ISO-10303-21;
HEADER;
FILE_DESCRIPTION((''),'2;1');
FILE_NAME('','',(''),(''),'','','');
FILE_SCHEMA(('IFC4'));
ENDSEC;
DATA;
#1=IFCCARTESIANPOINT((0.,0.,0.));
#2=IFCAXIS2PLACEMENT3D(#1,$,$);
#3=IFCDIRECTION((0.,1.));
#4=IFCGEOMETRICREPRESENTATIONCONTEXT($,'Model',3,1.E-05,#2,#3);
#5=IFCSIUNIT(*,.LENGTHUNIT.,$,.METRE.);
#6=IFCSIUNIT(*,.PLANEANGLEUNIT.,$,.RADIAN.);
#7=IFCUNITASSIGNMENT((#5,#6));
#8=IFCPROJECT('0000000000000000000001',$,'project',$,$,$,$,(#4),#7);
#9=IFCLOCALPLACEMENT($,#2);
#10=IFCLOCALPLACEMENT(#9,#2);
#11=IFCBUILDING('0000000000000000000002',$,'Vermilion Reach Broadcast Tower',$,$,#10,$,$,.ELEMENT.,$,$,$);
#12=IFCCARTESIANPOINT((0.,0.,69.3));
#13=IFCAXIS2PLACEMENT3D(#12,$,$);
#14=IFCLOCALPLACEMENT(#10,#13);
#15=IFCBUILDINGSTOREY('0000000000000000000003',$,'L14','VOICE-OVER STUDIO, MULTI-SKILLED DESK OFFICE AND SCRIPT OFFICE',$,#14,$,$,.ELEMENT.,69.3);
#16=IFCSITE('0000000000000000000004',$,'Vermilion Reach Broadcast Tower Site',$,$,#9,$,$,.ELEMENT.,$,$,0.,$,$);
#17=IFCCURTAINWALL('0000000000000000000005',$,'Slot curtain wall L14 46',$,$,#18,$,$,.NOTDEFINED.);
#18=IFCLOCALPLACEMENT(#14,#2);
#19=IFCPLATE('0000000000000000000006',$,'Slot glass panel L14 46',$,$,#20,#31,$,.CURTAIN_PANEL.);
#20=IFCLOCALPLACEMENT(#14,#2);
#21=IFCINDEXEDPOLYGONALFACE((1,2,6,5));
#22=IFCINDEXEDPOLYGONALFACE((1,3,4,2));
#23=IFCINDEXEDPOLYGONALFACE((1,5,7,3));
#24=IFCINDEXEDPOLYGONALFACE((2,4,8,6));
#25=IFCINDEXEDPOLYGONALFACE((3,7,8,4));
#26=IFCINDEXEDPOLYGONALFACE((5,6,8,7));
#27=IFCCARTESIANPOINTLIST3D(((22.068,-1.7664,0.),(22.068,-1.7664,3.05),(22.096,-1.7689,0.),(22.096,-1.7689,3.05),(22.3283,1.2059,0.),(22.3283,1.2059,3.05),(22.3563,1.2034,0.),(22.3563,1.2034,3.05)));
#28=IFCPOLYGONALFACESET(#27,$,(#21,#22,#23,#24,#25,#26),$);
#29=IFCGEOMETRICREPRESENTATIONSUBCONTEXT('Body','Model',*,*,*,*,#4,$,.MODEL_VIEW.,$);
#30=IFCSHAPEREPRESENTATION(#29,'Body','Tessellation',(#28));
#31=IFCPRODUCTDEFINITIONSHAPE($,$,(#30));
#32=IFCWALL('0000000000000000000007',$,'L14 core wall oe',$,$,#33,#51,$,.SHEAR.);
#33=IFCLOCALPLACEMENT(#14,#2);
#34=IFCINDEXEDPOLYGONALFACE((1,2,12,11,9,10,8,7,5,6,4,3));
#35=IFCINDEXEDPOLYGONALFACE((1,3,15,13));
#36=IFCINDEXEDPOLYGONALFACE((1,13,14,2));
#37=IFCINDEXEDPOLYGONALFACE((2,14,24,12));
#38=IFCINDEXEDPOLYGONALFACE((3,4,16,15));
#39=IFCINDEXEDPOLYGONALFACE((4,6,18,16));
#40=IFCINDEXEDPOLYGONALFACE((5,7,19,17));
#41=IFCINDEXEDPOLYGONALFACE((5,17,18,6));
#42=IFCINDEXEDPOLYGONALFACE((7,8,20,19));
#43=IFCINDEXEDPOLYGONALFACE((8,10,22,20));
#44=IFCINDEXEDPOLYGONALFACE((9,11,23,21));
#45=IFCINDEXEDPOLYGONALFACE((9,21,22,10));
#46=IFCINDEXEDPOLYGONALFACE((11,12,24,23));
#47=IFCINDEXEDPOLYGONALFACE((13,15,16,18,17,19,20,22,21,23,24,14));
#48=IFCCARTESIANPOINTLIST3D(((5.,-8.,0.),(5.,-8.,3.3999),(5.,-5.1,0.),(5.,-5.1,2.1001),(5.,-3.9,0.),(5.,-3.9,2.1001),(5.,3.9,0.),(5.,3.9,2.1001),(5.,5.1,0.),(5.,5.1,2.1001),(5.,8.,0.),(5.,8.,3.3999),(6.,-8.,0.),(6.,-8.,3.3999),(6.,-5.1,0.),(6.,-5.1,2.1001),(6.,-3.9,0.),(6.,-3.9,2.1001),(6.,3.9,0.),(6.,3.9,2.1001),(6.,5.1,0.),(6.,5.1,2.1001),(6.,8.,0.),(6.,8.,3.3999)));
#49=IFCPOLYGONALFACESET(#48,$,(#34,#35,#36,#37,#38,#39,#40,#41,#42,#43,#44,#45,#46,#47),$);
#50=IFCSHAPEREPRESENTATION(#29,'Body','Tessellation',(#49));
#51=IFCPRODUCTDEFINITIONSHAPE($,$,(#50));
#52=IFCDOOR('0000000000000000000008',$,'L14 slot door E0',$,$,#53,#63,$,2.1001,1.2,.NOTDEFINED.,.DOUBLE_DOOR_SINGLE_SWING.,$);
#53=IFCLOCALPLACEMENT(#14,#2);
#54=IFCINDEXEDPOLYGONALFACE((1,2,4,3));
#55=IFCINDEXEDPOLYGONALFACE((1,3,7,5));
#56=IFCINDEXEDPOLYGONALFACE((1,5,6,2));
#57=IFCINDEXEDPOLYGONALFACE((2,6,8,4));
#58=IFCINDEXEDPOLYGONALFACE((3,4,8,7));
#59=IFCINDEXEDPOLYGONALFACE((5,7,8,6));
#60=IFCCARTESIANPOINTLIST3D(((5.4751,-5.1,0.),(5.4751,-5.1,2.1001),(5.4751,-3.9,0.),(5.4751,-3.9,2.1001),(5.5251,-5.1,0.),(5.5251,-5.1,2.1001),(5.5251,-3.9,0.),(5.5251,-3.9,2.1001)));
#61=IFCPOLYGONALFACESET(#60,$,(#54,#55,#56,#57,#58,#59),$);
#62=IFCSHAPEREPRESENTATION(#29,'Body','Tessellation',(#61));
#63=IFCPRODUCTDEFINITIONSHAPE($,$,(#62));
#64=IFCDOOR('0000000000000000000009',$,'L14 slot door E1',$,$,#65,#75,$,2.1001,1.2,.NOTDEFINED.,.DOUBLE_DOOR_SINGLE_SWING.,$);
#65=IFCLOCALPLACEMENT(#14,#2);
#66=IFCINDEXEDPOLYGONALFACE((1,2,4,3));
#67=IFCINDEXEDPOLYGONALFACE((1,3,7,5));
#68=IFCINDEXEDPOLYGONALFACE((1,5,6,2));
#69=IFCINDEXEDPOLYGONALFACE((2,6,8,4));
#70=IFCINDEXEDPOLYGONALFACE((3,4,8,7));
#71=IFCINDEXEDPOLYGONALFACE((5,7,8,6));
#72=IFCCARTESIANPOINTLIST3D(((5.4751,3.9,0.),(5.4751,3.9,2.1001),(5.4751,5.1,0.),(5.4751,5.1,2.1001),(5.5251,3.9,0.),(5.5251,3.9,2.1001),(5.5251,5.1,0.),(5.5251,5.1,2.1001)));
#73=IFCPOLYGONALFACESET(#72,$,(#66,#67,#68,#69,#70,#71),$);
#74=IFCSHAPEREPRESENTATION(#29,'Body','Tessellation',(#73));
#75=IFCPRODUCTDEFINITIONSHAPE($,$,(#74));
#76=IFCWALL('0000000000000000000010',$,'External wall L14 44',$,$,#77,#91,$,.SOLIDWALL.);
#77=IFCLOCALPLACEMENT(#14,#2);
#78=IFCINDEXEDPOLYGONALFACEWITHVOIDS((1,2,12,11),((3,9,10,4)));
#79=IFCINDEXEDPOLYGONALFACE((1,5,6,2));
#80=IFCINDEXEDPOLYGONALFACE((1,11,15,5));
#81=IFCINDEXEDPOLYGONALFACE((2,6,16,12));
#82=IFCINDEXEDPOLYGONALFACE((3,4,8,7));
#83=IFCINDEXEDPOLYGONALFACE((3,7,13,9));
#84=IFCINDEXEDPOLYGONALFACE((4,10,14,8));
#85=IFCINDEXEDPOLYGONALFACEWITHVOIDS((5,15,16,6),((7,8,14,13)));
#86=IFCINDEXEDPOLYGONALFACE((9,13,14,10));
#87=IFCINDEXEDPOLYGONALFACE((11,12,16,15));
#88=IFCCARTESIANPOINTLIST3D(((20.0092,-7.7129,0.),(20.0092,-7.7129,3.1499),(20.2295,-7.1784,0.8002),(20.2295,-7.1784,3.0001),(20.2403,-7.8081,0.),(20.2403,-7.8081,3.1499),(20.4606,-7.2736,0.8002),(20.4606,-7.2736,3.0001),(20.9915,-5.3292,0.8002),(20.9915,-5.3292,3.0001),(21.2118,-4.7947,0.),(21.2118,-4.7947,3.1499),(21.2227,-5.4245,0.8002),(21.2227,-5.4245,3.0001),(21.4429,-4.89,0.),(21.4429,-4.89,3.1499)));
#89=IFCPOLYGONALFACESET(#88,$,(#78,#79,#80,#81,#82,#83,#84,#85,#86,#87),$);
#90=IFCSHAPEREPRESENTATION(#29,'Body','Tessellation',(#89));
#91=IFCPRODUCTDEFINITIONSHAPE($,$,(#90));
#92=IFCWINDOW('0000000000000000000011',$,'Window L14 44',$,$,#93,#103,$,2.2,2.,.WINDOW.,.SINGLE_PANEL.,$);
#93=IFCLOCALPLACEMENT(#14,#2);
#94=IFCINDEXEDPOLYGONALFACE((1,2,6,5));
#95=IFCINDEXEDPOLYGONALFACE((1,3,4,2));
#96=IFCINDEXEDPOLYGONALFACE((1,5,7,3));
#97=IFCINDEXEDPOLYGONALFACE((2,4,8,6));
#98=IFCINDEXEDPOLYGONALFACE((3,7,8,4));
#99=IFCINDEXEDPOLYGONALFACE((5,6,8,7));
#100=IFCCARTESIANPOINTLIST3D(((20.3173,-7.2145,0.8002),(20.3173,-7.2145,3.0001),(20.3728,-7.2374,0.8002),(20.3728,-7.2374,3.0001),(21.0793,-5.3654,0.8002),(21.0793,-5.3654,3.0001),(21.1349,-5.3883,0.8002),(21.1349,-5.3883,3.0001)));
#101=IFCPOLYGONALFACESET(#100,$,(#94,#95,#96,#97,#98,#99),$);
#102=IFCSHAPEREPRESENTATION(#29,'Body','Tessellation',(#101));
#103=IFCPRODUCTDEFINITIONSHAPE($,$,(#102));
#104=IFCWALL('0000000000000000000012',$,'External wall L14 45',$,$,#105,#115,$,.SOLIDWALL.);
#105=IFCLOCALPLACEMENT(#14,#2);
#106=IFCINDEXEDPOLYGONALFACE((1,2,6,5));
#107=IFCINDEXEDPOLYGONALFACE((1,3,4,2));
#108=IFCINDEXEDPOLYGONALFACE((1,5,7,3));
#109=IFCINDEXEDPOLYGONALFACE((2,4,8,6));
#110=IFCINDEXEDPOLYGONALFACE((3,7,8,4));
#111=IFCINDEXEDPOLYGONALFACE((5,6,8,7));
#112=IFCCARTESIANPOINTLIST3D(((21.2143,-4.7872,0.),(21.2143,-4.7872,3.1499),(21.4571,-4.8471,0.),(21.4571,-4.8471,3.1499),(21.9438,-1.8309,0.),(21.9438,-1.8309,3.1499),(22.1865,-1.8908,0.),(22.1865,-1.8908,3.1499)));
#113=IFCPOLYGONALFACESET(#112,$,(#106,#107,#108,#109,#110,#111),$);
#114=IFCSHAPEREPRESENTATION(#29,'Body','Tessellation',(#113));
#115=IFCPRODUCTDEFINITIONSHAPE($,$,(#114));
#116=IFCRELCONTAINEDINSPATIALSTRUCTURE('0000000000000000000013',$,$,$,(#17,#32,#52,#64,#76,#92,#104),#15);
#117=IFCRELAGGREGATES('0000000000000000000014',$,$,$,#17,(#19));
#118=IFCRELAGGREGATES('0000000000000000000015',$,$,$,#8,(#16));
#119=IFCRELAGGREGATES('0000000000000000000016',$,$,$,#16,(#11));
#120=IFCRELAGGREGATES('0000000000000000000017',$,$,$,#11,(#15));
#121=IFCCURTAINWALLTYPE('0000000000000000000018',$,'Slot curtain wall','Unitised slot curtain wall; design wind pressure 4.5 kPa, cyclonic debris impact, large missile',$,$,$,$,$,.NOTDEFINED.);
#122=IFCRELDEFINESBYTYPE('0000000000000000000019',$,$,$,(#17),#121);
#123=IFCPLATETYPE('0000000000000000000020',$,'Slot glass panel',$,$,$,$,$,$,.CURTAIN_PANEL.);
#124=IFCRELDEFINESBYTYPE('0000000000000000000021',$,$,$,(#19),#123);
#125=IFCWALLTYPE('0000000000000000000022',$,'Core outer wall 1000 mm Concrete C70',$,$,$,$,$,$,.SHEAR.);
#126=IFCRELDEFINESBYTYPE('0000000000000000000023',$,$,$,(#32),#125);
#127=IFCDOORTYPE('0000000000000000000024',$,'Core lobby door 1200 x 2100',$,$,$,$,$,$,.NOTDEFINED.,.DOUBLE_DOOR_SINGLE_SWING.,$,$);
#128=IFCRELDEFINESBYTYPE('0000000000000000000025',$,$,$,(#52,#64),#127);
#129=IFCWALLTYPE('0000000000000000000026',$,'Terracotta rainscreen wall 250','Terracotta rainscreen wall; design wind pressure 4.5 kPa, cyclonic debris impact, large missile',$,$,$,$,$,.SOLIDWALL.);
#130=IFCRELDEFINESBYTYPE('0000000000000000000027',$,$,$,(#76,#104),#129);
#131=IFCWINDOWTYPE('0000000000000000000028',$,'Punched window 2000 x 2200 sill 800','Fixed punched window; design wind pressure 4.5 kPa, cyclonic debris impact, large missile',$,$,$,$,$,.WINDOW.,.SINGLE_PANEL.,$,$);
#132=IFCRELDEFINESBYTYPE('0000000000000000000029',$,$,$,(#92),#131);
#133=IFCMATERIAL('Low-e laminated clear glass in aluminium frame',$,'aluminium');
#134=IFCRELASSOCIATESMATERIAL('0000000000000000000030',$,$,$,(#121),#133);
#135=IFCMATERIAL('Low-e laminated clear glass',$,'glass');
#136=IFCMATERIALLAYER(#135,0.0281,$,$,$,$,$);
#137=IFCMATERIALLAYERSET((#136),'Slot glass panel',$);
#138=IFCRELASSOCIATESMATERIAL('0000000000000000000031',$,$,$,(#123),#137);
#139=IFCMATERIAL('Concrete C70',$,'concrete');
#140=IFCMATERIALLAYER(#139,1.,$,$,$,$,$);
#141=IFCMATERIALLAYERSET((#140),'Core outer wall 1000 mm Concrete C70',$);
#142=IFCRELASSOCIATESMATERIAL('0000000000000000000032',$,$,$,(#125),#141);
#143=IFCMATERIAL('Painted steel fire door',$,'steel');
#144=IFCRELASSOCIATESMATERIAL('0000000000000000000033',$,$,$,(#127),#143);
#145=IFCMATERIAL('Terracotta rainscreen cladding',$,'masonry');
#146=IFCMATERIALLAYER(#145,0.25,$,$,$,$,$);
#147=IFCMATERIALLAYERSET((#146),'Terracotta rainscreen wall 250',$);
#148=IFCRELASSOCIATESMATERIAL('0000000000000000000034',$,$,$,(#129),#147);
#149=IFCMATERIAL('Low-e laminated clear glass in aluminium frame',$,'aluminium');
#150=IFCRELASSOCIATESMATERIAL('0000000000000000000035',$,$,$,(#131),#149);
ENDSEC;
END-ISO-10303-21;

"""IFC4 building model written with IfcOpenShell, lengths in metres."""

from ifc_helpers import new_model, si_unit, direction, frame, frame_2d, origin, origin_2d, place, context, subcontext, project, spatial, rectangle, extrude, material, layer, layer_set, type_object, element, fill, aggregate, save


model = new_model("IFC4")

# Units and contexts
model_context = context("Model", 3, precision=1e-05, world=origin(), true_north=direction((0.0, 1.0)))
body_context = subcontext(model_context, "Body", "Model", "MODEL_VIEW")
ifc_project = project(units=[si_unit("LENGTHUNIT", "METRE"), si_unit("PLANEANGLEUNIT", "RADIAN")], contexts=[model_context])

# Site, building, storey
site_placement = place(None, origin())
site = spatial("IfcSite", under=ifc_project, at=site_placement, Name="Vermilion Reach Broadcast Tower Site", CompositionType="ELEMENT", RefElevation=0.0)
building_placement = place(site_placement, origin())
building = spatial("IfcBuilding", under=site, at=building_placement, Name="Vermilion Reach Broadcast Tower", CompositionType="ELEMENT")
storey_placement = place(building_placement, frame((0.0, 0.0, 69.3)))
storey = spatial("IfcBuildingStorey", under=building, at=storey_placement, Name="L14", Description="VOICE-OVER STUDIO, MULTI-SKILLED DESK OFFICE AND SCRIPT OFFICE", CompositionType="ELEMENT", Elevation=69.3)

# Curtain wall, plate
ifc_material_1 = material(Name="Low-e laminated clear glass in aluminium frame", Category="aluminium")
curtain_wall_type = type_object("IfcCurtainWallType", Name="Slot curtain wall", Description="Unitised slot curtain wall; design wind pressure 4.5 kPa, cyclonic debris impact, large missile", PredefinedType="NOTDEFINED", material=ifc_material_1)
curtain_wall_placement = place(storey_placement, origin())
curtain_wall = element("IfcCurtainWall", 1, at=curtain_wall_placement, inside=storey, type_object=curtain_wall_type, Name="Slot curtain wall L14 46", PredefinedType="NOTDEFINED")
ifc_material_2 = material(Name="Low-e laminated clear glass", Category="glass")
ifc_layer_1 = layer(ifc_material_2, 0.0281)
ifc_layer_set_1 = layer_set([ifc_layer_1], Name="Slot glass panel")
plate_type = type_object("IfcPlateType", Name="Slot glass panel", PredefinedType="CURTAIN_PANEL", material=ifc_layer_set_1)
plate_placement = place(storey_placement, frame((22.2122, -0.2815, 0.0), z_axis=(0.0, 0.0, 1.0), x_axis=(0.087234, 0.996188, 0.0)))
plate = element("IfcPlate", 2, at=plate_placement, type_object=plate_type, Name="Slot glass panel L14 46", PredefinedType="CURTAIN_PANEL", context=body_context, shape_type="SweptSolid", body=[
    extrude(rectangle(XDim=2.9836, YDim=0.0281, at=origin_2d()), origin(), (0.0, 0.0, 1.0), 3.05),
])
aggregate(curtain_wall, [plate])

# Wall, openings, doors
ifc_material_3 = material(Name="Concrete C70", Category="concrete")
ifc_layer_2 = layer(ifc_material_3, 1.0)
ifc_layer_set_2 = layer_set([ifc_layer_2], Name="Core outer wall 1000 mm Concrete C70")
wall_type_1 = type_object("IfcWallType", Name="Core outer wall 1000 mm Concrete C70", PredefinedType="SHEAR", material=ifc_layer_set_2)
wall_1_placement = place(storey_placement, frame((5.5, -8.0, 0.0), z_axis=(0.0, 0.0, 1.0), x_axis=(0.0, 1.0, 0.0)))
wall_1 = element("IfcWall", 3, at=wall_1_placement, inside=storey, type_object=wall_type_1, Name="L14 core wall oe", PredefinedType="SHEAR", context=body_context, shape_type="SweptSolid", body=[
    extrude(rectangle(XDim=16.0, YDim=1.0, at=frame_2d((8.0, 0.0))), origin(), (0.0, 0.0, 1.0), 3.3999),
])
opening_1_placement = place(wall_1_placement, frame((2.8999, 0.0, 0.0)))
opening_1 = element("IfcOpeningElement", 4, at=opening_1_placement, cuts=wall_1, PredefinedType="OPENING", context=body_context, shape_type="SweptSolid", body=[
    extrude(rectangle(XDim=1.2, YDim=2.1001, at=frame_2d((0.6001, 1.05))), frame((0.0, 0.51, 0.0), z_axis=(0.0, -1.0, 0.0), x_axis=(1.0, 0.0, 0.0)), (0.0, 0.0, 1.0), 1.02),
])
opening_2_placement = place(wall_1_placement, frame((11.8999, 0.0, 0.0)))
opening_2 = element("IfcOpeningElement", 5, at=opening_2_placement, cuts=wall_1, PredefinedType="OPENING", context=body_context, shape_type="SweptSolid", body=[
    extrude(rectangle(XDim=1.2, YDim=2.1001, at=frame_2d((0.6001, 1.05))), frame((0.0, 0.51, 0.0), z_axis=(0.0, -1.0, 0.0), x_axis=(1.0, 0.0, 0.0)), (0.0, 0.0, 1.0), 1.02),
])
ifc_material_4 = material(Name="Painted steel fire door", Category="steel")
door_type_1 = type_object("IfcDoorType", Name="Core lobby door 1200 x 2100", OperationType="DOUBLE_DOOR_SINGLE_SWING", PredefinedType="NOTDEFINED", material=ifc_material_4)
door_1_placement = place(opening_1_placement, origin())
door_1 = element("IfcDoor", 6, at=door_1_placement, inside=storey, type_object=door_type_1, Name="L14 slot door E0", OperationType="DOUBLE_DOOR_SINGLE_SWING", OverallHeight=2.1001, OverallWidth=1.2, PredefinedType="NOTDEFINED", context=body_context, shape_type="SweptSolid", body=[
    extrude(rectangle(XDim=1.2, YDim=2.1001, at=frame_2d((0.6001, 1.05))), frame((0.0, 0.0249, 0.0), z_axis=(0.0, -1.0, 0.0), x_axis=(1.0, 0.0, 0.0)), (0.0, 0.0, 1.0), 0.05),
])
fill(opening_1, door_1)
door_2_placement = place(opening_2_placement, origin())
door_2 = element("IfcDoor", 7, at=door_2_placement, inside=storey, type_object=door_type_1, Name="L14 slot door E1", OperationType="DOUBLE_DOOR_SINGLE_SWING", OverallHeight=2.1001, OverallWidth=1.2, PredefinedType="NOTDEFINED", context=body_context, shape_type="SweptSolid", body=[
    extrude(rectangle(XDim=1.2, YDim=2.1001, at=frame_2d((0.6001, 1.05))), frame((0.0, 0.0249, 0.0), z_axis=(0.0, -1.0, 0.0), x_axis=(1.0, 0.0, 0.0)), (0.0, 0.0, 1.0), 0.05),
])
fill(opening_2, door_2)

# Shared definitions
ifc_material_5 = material(Name="Terracotta rainscreen cladding", Category="masonry")
ifc_layer_3 = layer(ifc_material_5, 0.25)
ifc_layer_set_3 = layer_set([ifc_layer_3], Name="Terracotta rainscreen wall 250")
wall_type_2 = type_object("IfcWallType", Name="Terracotta rainscreen wall 250", Description="Terracotta rainscreen wall; design wind pressure 4.5 kPa, cyclonic debris impact, large missile", PredefinedType="SOLIDWALL", material=ifc_layer_set_3)

# Wall, opening, window
wall_2_placement = place(storey_placement, frame((20.1248, -7.7605, 0.0), z_axis=(0.0, 0.0, 1.0), x_axis=(0.381026, 0.924564, 0.0)))
wall_2 = element("IfcWall", 8, at=wall_2_placement, inside=storey, type_object=wall_type_2, Name="External wall L14 44", PredefinedType="SOLIDWALL", context=body_context, shape_type="SweptSolid", body=[
    extrude(rectangle(XDim=3.1562, YDim=0.25, at=frame_2d((1.5781, 0.0))), origin(), (0.0, 0.0, 1.0), 3.1499),
])
opening_3_placement = place(wall_2_placement, frame((0.5781, 0.0, 0.8)))
opening_3 = element("IfcOpeningElement", 9, at=opening_3_placement, cuts=wall_2, PredefinedType="OPENING", context=body_context, shape_type="SweptSolid", body=[
    extrude(rectangle(XDim=2.0, YDim=2.2, at=frame_2d((1.0, 1.1001))), frame((0.0, 0.135, 0.0), z_axis=(0.0, -1.0, 0.0), x_axis=(1.0, 0.0, 0.0)), (0.0, 0.0, 1.0), 0.27),
])
ifc_material_6 = material(Name="Low-e laminated clear glass in aluminium frame", Category="aluminium")
window_type = type_object("IfcWindowType", Name="Punched window 2000 x 2200 sill 800", Description="Fixed punched window; design wind pressure 4.5 kPa, cyclonic debris impact, large missile", PartitioningType="SINGLE_PANEL", PredefinedType="WINDOW", material=ifc_material_6)
window_placement = place(opening_3_placement, origin())
window = element("IfcWindow", 10, at=window_placement, inside=storey, type_object=window_type, Name="Window L14 44", OverallHeight=2.2, OverallWidth=2.0, PartitioningType="SINGLE_PANEL", PredefinedType="WINDOW", context=body_context, shape_type="SweptSolid", body=[
    extrude(rectangle(XDim=2.0, YDim=2.2, at=frame_2d((1.0, 1.1001))), frame((0.0, 0.03, 0.0), z_axis=(0.0, -1.0, 0.0), x_axis=(1.0, 0.0, 0.0)), (0.0, 0.0, 1.0), 0.0601),
])
fill(opening_3, window)

# Wall
wall_3_placement = place(storey_placement, frame((21.3357, -4.8171, 0.0), z_axis=(0.0, 0.0, 1.0), x_axis=(0.239573, 0.970878, 0.0)))
element("IfcWall", 11, at=wall_3_placement, inside=storey, type_object=wall_type_2, Name="External wall L14 45", PredefinedType="SOLIDWALL", context=body_context, shape_type="SweptSolid", body=[
    extrude(rectangle(XDim=3.0449, YDim=0.25, at=frame_2d((1.5225, 0.0))), origin(), (0.0, 0.0, 1.0), 3.1499),
])

save(model, "model.ifc")
